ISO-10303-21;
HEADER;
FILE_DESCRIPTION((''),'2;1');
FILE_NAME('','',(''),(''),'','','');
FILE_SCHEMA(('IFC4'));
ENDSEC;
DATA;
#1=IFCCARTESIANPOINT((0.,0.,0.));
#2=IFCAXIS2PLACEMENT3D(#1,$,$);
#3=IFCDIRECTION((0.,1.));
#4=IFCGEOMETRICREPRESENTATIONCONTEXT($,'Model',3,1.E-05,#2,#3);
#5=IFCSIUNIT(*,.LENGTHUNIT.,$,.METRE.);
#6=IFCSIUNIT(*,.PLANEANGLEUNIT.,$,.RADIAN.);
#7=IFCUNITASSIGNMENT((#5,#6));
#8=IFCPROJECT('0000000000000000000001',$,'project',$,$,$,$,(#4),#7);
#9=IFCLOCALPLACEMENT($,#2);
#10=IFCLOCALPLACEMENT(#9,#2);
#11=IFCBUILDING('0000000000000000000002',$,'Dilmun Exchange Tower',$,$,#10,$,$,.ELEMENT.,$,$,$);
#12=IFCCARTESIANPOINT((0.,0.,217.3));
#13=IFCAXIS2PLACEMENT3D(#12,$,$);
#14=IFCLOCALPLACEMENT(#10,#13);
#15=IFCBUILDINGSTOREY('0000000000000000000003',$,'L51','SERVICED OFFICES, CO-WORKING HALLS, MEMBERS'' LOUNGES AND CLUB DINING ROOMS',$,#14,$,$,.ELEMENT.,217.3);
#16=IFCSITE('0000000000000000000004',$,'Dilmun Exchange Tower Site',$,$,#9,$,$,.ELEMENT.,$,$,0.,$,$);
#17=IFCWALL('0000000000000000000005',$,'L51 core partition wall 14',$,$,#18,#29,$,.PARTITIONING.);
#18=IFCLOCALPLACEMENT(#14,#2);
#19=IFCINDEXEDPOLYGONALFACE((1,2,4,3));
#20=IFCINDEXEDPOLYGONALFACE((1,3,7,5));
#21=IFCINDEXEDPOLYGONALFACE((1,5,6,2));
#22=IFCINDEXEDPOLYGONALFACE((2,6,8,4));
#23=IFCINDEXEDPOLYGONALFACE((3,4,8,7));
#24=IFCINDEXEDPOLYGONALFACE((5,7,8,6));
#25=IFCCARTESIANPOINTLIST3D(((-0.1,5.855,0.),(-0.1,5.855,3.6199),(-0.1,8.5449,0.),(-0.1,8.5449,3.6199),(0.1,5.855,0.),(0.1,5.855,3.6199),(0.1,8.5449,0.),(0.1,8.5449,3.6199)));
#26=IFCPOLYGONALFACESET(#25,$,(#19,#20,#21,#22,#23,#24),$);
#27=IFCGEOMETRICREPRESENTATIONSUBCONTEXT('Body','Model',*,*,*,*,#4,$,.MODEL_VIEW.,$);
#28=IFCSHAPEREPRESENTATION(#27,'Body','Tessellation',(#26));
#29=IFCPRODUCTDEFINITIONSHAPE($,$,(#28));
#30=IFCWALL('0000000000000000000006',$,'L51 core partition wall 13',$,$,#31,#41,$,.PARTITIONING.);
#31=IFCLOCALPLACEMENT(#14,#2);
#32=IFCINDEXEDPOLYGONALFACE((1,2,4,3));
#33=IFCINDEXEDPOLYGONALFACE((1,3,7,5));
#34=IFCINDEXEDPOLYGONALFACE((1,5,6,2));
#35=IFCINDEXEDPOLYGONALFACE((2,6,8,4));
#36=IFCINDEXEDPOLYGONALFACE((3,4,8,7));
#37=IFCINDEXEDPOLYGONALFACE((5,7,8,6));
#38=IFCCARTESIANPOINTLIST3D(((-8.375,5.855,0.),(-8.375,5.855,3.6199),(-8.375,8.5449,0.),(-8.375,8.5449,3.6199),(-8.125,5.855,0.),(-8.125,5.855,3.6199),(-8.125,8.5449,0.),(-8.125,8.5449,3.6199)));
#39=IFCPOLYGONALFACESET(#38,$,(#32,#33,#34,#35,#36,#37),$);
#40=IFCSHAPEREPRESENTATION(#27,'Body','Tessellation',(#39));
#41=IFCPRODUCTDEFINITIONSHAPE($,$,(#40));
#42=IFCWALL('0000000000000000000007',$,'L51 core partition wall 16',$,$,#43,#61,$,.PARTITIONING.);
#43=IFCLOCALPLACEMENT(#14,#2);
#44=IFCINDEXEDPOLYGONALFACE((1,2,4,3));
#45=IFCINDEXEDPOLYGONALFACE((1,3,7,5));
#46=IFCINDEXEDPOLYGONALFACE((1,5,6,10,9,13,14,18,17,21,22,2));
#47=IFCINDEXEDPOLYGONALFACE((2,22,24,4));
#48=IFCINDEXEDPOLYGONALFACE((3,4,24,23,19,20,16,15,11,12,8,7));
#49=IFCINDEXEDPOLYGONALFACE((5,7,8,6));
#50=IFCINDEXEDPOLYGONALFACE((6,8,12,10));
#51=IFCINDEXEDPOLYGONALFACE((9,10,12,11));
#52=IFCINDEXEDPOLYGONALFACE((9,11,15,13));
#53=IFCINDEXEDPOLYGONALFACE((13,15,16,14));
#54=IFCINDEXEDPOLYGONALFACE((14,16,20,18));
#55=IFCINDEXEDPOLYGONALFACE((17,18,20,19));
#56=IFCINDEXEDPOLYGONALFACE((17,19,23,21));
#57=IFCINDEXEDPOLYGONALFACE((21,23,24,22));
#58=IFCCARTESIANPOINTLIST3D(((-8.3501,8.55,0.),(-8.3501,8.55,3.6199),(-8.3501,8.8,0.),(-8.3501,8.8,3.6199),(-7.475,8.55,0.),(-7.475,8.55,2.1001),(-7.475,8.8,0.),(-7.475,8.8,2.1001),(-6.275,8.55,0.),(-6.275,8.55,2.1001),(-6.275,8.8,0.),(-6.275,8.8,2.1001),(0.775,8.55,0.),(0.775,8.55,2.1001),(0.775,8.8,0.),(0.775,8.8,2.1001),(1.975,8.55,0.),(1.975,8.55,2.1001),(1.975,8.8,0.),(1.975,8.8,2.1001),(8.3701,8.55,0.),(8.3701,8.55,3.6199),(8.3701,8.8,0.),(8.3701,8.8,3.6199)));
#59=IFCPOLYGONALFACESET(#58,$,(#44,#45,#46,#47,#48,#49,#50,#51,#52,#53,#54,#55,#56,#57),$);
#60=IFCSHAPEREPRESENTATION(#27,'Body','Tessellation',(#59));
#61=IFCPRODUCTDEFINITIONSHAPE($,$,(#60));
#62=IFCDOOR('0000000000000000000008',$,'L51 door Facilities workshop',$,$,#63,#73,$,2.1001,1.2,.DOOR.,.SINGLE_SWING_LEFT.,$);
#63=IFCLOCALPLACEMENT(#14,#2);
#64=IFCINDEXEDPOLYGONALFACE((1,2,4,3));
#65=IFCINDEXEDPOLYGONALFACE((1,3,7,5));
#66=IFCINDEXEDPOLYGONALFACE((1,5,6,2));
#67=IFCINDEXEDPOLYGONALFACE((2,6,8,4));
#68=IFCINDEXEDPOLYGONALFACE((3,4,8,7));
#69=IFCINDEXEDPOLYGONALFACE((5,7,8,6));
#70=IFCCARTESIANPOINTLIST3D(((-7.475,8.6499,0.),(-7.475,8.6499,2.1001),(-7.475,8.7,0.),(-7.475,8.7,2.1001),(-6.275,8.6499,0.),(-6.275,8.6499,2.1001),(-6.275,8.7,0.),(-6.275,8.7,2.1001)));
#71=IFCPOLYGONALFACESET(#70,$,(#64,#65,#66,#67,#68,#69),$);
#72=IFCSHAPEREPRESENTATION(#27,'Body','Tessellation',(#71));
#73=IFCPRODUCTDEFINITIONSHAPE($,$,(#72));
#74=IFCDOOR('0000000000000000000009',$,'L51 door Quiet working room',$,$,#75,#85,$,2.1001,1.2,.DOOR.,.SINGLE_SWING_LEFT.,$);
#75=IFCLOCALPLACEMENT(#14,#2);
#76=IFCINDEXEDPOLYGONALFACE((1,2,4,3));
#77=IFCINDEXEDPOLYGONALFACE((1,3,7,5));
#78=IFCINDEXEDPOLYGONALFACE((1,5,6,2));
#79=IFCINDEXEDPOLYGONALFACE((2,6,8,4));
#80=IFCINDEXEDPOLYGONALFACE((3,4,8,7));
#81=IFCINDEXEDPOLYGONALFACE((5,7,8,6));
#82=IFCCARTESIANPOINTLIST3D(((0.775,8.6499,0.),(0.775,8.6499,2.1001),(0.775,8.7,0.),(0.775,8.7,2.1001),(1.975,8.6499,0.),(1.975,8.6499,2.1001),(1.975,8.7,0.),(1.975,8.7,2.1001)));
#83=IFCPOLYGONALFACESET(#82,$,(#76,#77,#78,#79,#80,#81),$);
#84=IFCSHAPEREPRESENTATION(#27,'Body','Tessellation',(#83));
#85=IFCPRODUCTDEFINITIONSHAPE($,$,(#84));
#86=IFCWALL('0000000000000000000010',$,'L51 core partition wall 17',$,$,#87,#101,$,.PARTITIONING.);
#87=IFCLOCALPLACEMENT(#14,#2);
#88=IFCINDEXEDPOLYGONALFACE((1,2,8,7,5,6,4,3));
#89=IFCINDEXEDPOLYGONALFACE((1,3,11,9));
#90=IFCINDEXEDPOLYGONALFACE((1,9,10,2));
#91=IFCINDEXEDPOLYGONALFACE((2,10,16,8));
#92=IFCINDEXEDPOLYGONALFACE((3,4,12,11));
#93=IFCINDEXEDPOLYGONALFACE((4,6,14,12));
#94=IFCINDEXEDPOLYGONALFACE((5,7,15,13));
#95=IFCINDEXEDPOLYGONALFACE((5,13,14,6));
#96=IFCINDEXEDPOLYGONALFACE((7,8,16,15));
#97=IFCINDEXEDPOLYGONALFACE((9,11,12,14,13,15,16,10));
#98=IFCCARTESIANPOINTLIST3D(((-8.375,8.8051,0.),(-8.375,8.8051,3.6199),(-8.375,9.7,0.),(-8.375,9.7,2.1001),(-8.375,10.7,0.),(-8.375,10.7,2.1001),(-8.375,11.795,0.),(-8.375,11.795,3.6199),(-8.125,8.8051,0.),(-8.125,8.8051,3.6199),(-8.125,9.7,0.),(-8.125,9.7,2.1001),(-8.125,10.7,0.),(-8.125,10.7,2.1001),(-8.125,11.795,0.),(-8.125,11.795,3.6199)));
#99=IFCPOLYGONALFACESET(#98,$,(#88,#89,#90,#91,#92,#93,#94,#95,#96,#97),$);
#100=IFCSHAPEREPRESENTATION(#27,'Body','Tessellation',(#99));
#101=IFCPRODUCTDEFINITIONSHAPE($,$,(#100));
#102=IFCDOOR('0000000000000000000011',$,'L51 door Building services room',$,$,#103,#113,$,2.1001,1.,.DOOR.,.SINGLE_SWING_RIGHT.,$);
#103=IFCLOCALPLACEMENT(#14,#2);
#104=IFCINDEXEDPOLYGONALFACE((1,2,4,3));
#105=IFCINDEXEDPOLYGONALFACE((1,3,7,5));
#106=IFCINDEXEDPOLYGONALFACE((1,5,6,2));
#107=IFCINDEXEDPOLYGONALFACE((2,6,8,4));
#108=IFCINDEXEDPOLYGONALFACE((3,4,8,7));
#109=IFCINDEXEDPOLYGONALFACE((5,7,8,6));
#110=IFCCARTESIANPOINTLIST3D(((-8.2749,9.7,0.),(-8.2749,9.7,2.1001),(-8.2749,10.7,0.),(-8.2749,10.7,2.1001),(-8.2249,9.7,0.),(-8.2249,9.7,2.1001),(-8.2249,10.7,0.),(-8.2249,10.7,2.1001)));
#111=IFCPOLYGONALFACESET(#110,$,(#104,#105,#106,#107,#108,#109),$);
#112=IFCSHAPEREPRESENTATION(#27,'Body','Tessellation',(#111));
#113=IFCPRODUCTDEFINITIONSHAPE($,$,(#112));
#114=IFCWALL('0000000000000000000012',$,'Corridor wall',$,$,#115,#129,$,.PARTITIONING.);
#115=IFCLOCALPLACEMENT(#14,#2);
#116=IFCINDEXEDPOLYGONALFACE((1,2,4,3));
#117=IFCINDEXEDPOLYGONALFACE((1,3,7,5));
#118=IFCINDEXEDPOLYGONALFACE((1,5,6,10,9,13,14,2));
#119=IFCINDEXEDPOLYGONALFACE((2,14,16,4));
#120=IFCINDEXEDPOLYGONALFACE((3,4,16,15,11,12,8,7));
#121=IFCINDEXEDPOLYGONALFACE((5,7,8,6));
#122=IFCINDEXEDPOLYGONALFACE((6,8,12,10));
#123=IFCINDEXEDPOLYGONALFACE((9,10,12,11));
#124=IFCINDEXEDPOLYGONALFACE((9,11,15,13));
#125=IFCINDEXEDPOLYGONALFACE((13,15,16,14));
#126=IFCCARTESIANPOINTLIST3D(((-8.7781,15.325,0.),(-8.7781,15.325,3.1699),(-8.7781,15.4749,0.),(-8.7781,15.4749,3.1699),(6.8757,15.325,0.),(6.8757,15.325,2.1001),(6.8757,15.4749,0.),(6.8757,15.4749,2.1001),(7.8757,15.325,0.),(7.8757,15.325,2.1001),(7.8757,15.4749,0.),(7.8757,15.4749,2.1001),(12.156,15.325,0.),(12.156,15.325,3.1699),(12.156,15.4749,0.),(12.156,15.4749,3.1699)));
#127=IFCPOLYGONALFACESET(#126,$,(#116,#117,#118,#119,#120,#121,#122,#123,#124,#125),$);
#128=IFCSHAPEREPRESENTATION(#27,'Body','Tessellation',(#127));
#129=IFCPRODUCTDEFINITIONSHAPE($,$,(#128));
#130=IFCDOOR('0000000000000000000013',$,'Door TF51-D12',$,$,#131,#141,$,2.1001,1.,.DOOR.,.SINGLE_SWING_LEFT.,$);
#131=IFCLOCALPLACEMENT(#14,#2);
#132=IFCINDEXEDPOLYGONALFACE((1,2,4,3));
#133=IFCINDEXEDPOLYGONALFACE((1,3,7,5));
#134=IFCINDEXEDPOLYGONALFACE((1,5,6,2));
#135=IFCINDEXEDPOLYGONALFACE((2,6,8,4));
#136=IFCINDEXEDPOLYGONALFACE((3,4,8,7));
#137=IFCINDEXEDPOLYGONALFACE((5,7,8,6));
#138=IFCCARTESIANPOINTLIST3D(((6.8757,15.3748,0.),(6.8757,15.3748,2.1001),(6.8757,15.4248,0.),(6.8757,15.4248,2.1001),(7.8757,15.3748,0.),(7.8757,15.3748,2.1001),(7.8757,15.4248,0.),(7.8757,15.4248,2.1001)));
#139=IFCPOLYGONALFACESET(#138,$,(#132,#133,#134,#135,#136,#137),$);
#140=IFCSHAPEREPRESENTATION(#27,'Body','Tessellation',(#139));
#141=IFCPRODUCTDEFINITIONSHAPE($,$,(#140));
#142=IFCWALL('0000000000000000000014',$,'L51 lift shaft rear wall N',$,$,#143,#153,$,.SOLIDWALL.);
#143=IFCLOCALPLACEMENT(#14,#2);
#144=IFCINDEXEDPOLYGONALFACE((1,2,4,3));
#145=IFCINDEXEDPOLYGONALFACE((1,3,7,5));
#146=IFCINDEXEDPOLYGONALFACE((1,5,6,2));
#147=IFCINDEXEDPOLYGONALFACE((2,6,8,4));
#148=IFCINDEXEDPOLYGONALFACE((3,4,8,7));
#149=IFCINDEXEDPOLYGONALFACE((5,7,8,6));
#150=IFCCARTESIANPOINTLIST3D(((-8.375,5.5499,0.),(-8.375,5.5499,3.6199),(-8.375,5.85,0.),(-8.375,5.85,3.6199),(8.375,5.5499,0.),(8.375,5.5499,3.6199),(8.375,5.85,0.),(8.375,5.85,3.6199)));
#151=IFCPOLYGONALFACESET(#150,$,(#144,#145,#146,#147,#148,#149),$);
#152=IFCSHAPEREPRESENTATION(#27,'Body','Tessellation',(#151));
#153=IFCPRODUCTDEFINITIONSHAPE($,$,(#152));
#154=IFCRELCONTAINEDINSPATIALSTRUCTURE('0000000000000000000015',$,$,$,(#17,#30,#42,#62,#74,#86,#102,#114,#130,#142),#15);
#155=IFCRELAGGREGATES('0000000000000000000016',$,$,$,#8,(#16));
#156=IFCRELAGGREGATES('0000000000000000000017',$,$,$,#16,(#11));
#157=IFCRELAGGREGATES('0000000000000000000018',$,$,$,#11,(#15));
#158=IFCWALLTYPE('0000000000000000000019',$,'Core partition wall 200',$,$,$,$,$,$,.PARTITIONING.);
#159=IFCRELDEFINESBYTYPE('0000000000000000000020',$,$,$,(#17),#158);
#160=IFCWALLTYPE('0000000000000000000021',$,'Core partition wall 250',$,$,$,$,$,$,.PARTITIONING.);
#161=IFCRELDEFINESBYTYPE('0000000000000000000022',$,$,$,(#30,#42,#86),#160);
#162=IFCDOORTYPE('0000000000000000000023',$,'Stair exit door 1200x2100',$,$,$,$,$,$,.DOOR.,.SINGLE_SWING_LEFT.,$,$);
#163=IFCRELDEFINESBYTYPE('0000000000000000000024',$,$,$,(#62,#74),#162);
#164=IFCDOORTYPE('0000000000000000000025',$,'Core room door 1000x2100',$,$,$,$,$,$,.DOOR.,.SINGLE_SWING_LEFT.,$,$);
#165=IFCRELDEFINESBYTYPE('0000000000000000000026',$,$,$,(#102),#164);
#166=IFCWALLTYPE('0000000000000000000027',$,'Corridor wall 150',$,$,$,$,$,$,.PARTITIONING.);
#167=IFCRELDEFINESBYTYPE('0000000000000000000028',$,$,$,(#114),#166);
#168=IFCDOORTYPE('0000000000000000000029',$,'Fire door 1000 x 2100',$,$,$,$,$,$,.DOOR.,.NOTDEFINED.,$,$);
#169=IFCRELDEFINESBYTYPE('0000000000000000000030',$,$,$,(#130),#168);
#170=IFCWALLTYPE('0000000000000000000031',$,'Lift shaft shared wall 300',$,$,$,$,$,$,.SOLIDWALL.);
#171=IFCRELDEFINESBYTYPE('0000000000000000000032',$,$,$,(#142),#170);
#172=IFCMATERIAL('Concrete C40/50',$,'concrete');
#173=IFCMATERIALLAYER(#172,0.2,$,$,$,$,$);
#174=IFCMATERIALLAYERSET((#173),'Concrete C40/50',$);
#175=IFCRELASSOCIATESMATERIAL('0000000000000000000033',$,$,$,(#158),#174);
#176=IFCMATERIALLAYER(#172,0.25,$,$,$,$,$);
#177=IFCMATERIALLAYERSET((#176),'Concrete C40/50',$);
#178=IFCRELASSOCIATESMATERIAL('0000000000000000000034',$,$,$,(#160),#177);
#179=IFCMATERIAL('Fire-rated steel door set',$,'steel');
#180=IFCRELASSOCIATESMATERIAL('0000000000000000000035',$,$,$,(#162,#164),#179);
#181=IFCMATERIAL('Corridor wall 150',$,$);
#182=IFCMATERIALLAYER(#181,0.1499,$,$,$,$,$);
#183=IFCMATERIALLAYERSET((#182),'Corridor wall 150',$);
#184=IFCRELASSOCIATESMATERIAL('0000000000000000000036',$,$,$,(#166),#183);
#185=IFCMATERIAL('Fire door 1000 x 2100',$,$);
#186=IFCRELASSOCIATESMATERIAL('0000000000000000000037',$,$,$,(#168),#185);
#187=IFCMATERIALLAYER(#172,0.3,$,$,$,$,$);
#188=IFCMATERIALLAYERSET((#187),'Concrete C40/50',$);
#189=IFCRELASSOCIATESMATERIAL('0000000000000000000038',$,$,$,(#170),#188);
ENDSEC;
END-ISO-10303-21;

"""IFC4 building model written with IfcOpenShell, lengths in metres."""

from ifc_helpers import new_model, si_unit, direction, frame, frame_2d, origin, place, context, subcontext, project, spatial, rectangle, extrude, material, layer, layer_set, type_object, element, fill, save


model = new_model("IFC4")

# Units and contexts
model_context = context("Model", 3, precision=1e-05, world=origin(), true_north=direction((0.0, 1.0)))
body_context = subcontext(model_context, "Body", "Model", "MODEL_VIEW")
ifc_project = project(units=[si_unit("LENGTHUNIT", "METRE"), si_unit("PLANEANGLEUNIT", "RADIAN")], contexts=[model_context])

# Site, building, storey
site_placement = place(None, origin())
site = spatial("IfcSite", under=ifc_project, at=site_placement, Name="Dilmun Exchange Tower Site", CompositionType="ELEMENT", RefElevation=0.0)
building_placement = place(site_placement, origin())
building = spatial("IfcBuilding", under=site, at=building_placement, Name="Dilmun Exchange Tower", CompositionType="ELEMENT")
storey_placement = place(building_placement, frame((0.0, 0.0, 217.3)))
storey = spatial("IfcBuildingStorey", under=building, at=storey_placement, Name="L51", Description="SERVICED OFFICES, CO-WORKING HALLS, MEMBERS' LOUNGES AND CLUB DINING ROOMS", CompositionType="ELEMENT", Elevation=217.3)

# Walls
ifc_material_1 = material(Name="Concrete C40/50", Category="concrete")
ifc_layer_1 = layer(ifc_material_1, 0.2)
ifc_layer_set_1 = layer_set([ifc_layer_1], Name="Concrete C40/50")
wall_type_1 = type_object("IfcWallType", Name="Core partition wall 200", PredefinedType="PARTITIONING", material=ifc_layer_set_1)
wall_1_placement = place(storey_placement, frame((0.0, 5.855, 0.0), z_axis=(0.0, 0.0, 1.0), x_axis=(0.0, 1.0, 0.0)))
element("IfcWall", 1, at=wall_1_placement, inside=storey, type_object=wall_type_1, Name="L51 core partition wall 14", PredefinedType="PARTITIONING", context=body_context, shape_type="SweptSolid", body=[
    extrude(rectangle(XDim=2.6899, YDim=0.2, at=frame_2d((1.345, 0.0))), origin(), (0.0, 0.0, 1.0), 3.6199),
])
ifc_layer_2 = layer(ifc_material_1, 0.25)
ifc_layer_set_2 = layer_set([ifc_layer_2], Name="Concrete C40/50")
wall_type_2 = type_object("IfcWallType", Name="Core partition wall 250", PredefinedType="PARTITIONING", material=ifc_layer_set_2)
wall_2_placement = place(storey_placement, frame((-8.25, 5.855, 0.0), z_axis=(0.0, 0.0, 1.0), x_axis=(0.0, 1.0, 0.0)))
element("IfcWall", 2, at=wall_2_placement, inside=storey, type_object=wall_type_2, Name="L51 core partition wall 13", PredefinedType="PARTITIONING", context=body_context, shape_type="SweptSolid", body=[
    extrude(rectangle(XDim=2.6899, YDim=0.25, at=frame_2d((1.345, 0.0))), origin(), (0.0, 0.0, 1.0), 3.6199),
])

# Wall, openings, doors
wall_3_placement = place(storey_placement, frame((-8.3501, 8.675, 0.0), z_axis=(0.0, 0.0, 1.0), x_axis=(1.0, 0.0, 0.0)))
wall_3 = element("IfcWall", 3, at=wall_3_placement, inside=storey, type_object=wall_type_2, Name="L51 core partition wall 16", PredefinedType="PARTITIONING", context=body_context, shape_type="SweptSolid", body=[
    extrude(rectangle(XDim=16.7202, YDim=0.25, at=frame_2d((8.3601, 0.0))), origin(), (0.0, 0.0, 1.0), 3.6199),
])
opening_1_placement = place(wall_3_placement, frame((0.875, 0.0, 0.0)))
opening_1 = element("IfcOpeningElement", 4, at=opening_1_placement, cuts=wall_3, PredefinedType="OPENING", context=body_context, shape_type="SweptSolid", body=[
    extrude(rectangle(XDim=1.2, YDim=2.1001, at=frame_2d((0.6001, 1.05))), frame((0.0, 0.135, 0.0), z_axis=(0.0, -1.0, 0.0), x_axis=(1.0, 0.0, 0.0)), (0.0, 0.0, 1.0), 0.27),
])
opening_2_placement = place(wall_3_placement, frame((9.125, 0.0, 0.0)))
opening_2 = element("IfcOpeningElement", 5, at=opening_2_placement, cuts=wall_3, PredefinedType="OPENING", context=body_context, shape_type="SweptSolid", body=[
    extrude(rectangle(XDim=1.2, YDim=2.1001, at=frame_2d((0.6001, 1.05))), frame((0.0, 0.135, 0.0), z_axis=(0.0, -1.0, 0.0), x_axis=(1.0, 0.0, 0.0)), (0.0, 0.0, 1.0), 0.27),
])
ifc_material_2 = material(Name="Fire-rated steel door set", Category="steel")
door_type_1 = type_object("IfcDoorType", Name="Stair exit door 1200x2100", OperationType="SINGLE_SWING_LEFT", PredefinedType="DOOR", material=ifc_material_2)
door_1_placement = place(opening_1_placement, origin())
door_1 = element("IfcDoor", 6, at=door_1_placement, inside=storey, type_object=door_type_1, Name="L51 door Facilities workshop", OperationType="SINGLE_SWING_LEFT", OverallHeight=2.1001, OverallWidth=1.2, PredefinedType="DOOR", context=body_context, shape_type="SweptSolid", body=[
    extrude(rectangle(XDim=1.2, YDim=2.1001, at=frame_2d((0.6001, 1.05))), frame((0.0, 0.0249, 0.0), z_axis=(0.0, -1.0, 0.0), x_axis=(1.0, 0.0, 0.0)), (0.0, 0.0, 1.0), 0.05),
])
fill(opening_1, door_1)
door_2_placement = place(opening_2_placement, origin())
door_2 = element("IfcDoor", 7, at=door_2_placement, inside=storey, type_object=door_type_1, Name="L51 door Quiet working room", OperationType="SINGLE_SWING_LEFT", OverallHeight=2.1001, OverallWidth=1.2, PredefinedType="DOOR", context=body_context, shape_type="SweptSolid", body=[
    extrude(rectangle(XDim=1.2, YDim=2.1001, at=frame_2d((0.6001, 1.05))), frame((0.0, 0.0249, 0.0), z_axis=(0.0, -1.0, 0.0), x_axis=(1.0, 0.0, 0.0)), (0.0, 0.0, 1.0), 0.05),
])
fill(opening_2, door_2)

# Walls, openings, doors
wall_4_placement = place(storey_placement, frame((-8.25, 8.8049, 0.0), z_axis=(0.0, 0.0, 1.0), x_axis=(0.0, 1.0, 0.0)))
wall_4 = element("IfcWall", 8, at=wall_4_placement, inside=storey, type_object=wall_type_2, Name="L51 core partition wall 17", PredefinedType="PARTITIONING", context=body_context, shape_type="SweptSolid", body=[
    extrude(rectangle(XDim=2.99, YDim=0.25, at=frame_2d((1.4951, 0.0))), origin(), (0.0, 0.0, 1.0), 3.6199),
])
opening_3_placement = place(wall_4_placement, frame((0.895, 0.0, 0.0)))
opening_3 = element("IfcOpeningElement", 9, at=opening_3_placement, cuts=wall_4, PredefinedType="OPENING", context=body_context, shape_type="SweptSolid", body=[
    extrude(rectangle(XDim=1.0, YDim=2.1001, at=frame_2d((0.5, 1.05))), frame((0.0, 0.135, 0.0), z_axis=(0.0, -1.0, 0.0), x_axis=(1.0, 0.0, 0.0)), (0.0, 0.0, 1.0), 0.27),
])
door_type_2 = type_object("IfcDoorType", Name="Core room door 1000x2100", OperationType="SINGLE_SWING_LEFT", PredefinedType="DOOR", material=ifc_material_2)
door_3_placement = place(opening_3_placement, origin())
door_3 = element("IfcDoor", 10, at=door_3_placement, inside=storey, type_object=door_type_2, Name="L51 door Building services room", OperationType="SINGLE_SWING_RIGHT", OverallHeight=2.1001, OverallWidth=1.0, PredefinedType="DOOR", context=body_context, shape_type="SweptSolid", body=[
    extrude(rectangle(XDim=1.0, YDim=2.1001, at=frame_2d((0.5, 1.05))), frame((0.0, 0.0249, 0.0), z_axis=(0.0, -1.0, 0.0), x_axis=(1.0, 0.0, 0.0)), (0.0, 0.0, 1.0), 0.05),
])
fill(opening_3, door_3)
ifc_material_3 = material(Name="Corridor wall 150")
ifc_layer_3 = layer(ifc_material_3, 0.1499)
ifc_layer_set_3 = layer_set([ifc_layer_3], Name="Corridor wall 150")
wall_type_3 = type_object("IfcWallType", Name="Corridor wall 150", PredefinedType="PARTITIONING", material=ifc_layer_set_3)
wall_5_placement = place(storey_placement, frame((-8.7781, 15.3999, 0.0), z_axis=(0.0, 0.0, 1.0), x_axis=(1.0, 0.0, 0.0)))
wall_5 = element("IfcWall", 11, at=wall_5_placement, inside=storey, type_object=wall_type_3, Name="Corridor wall", PredefinedType="PARTITIONING", context=body_context, shape_type="SweptSolid", body=[
    extrude(rectangle(XDim=20.9341, YDim=0.1499, at=frame_2d((10.467, 0.0))), origin(), (0.0, 0.0, 1.0), 3.1699),
])
opening_4_placement = place(wall_5_placement, frame((15.6538, 0.0, 0.0)))
opening_4 = element("IfcOpeningElement", 12, at=opening_4_placement, cuts=wall_5, PredefinedType="OPENING", context=body_context, shape_type="SweptSolid", body=[
    extrude(rectangle(XDim=1.0, YDim=2.1001, at=frame_2d((0.5, 1.05))), frame((0.0, 0.085, 0.0), z_axis=(0.0, -1.0, 0.0), x_axis=(1.0, 0.0, 0.0)), (0.0, 0.0, 1.0), 0.1699),
])
ifc_material_4 = material(Name="Fire door 1000 x 2100")
door_type_3 = type_object("IfcDoorType", Name="Fire door 1000 x 2100", OperationType="NOTDEFINED", PredefinedType="DOOR", material=ifc_material_4)
door_4_placement = place(opening_4_placement, origin())
door_4 = element("IfcDoor", 13, at=door_4_placement, inside=storey, type_object=door_type_3, Name="Door TF51-D12", OperationType="SINGLE_SWING_LEFT", OverallHeight=2.1001, OverallWidth=1.0, PredefinedType="DOOR", context=body_context, shape_type="SweptSolid", body=[
    extrude(rectangle(XDim=1.0, YDim=2.1001, at=frame_2d((0.5, 1.05))), frame((0.0, 0.0249, 0.0), z_axis=(0.0, -1.0, 0.0), x_axis=(1.0, 0.0, 0.0)), (0.0, 0.0, 1.0), 0.05),
])
fill(opening_4, door_4)

# Wall
ifc_layer_4 = layer(ifc_material_1, 0.3)
ifc_layer_set_4 = layer_set([ifc_layer_4], Name="Concrete C40/50")
wall_type_4 = type_object("IfcWallType", Name="Lift shaft shared wall 300", PredefinedType="SOLIDWALL", material=ifc_layer_set_4)
wall_6_placement = place(storey_placement, frame((-8.375, 5.7, 0.0), z_axis=(0.0, 0.0, 1.0), x_axis=(1.0, 0.0, 0.0)))
element("IfcWall", 14, at=wall_6_placement, inside=storey, type_object=wall_type_4, Name="L51 lift shaft rear wall N", PredefinedType="SOLIDWALL", context=body_context, shape_type="SweptSolid", body=[
    extrude(rectangle(XDim=16.75, YDim=0.3, at=frame_2d((8.375, 0.0))), origin(), (0.0, 0.0, 1.0), 3.6199),
])

save(model, "model.ifc")
